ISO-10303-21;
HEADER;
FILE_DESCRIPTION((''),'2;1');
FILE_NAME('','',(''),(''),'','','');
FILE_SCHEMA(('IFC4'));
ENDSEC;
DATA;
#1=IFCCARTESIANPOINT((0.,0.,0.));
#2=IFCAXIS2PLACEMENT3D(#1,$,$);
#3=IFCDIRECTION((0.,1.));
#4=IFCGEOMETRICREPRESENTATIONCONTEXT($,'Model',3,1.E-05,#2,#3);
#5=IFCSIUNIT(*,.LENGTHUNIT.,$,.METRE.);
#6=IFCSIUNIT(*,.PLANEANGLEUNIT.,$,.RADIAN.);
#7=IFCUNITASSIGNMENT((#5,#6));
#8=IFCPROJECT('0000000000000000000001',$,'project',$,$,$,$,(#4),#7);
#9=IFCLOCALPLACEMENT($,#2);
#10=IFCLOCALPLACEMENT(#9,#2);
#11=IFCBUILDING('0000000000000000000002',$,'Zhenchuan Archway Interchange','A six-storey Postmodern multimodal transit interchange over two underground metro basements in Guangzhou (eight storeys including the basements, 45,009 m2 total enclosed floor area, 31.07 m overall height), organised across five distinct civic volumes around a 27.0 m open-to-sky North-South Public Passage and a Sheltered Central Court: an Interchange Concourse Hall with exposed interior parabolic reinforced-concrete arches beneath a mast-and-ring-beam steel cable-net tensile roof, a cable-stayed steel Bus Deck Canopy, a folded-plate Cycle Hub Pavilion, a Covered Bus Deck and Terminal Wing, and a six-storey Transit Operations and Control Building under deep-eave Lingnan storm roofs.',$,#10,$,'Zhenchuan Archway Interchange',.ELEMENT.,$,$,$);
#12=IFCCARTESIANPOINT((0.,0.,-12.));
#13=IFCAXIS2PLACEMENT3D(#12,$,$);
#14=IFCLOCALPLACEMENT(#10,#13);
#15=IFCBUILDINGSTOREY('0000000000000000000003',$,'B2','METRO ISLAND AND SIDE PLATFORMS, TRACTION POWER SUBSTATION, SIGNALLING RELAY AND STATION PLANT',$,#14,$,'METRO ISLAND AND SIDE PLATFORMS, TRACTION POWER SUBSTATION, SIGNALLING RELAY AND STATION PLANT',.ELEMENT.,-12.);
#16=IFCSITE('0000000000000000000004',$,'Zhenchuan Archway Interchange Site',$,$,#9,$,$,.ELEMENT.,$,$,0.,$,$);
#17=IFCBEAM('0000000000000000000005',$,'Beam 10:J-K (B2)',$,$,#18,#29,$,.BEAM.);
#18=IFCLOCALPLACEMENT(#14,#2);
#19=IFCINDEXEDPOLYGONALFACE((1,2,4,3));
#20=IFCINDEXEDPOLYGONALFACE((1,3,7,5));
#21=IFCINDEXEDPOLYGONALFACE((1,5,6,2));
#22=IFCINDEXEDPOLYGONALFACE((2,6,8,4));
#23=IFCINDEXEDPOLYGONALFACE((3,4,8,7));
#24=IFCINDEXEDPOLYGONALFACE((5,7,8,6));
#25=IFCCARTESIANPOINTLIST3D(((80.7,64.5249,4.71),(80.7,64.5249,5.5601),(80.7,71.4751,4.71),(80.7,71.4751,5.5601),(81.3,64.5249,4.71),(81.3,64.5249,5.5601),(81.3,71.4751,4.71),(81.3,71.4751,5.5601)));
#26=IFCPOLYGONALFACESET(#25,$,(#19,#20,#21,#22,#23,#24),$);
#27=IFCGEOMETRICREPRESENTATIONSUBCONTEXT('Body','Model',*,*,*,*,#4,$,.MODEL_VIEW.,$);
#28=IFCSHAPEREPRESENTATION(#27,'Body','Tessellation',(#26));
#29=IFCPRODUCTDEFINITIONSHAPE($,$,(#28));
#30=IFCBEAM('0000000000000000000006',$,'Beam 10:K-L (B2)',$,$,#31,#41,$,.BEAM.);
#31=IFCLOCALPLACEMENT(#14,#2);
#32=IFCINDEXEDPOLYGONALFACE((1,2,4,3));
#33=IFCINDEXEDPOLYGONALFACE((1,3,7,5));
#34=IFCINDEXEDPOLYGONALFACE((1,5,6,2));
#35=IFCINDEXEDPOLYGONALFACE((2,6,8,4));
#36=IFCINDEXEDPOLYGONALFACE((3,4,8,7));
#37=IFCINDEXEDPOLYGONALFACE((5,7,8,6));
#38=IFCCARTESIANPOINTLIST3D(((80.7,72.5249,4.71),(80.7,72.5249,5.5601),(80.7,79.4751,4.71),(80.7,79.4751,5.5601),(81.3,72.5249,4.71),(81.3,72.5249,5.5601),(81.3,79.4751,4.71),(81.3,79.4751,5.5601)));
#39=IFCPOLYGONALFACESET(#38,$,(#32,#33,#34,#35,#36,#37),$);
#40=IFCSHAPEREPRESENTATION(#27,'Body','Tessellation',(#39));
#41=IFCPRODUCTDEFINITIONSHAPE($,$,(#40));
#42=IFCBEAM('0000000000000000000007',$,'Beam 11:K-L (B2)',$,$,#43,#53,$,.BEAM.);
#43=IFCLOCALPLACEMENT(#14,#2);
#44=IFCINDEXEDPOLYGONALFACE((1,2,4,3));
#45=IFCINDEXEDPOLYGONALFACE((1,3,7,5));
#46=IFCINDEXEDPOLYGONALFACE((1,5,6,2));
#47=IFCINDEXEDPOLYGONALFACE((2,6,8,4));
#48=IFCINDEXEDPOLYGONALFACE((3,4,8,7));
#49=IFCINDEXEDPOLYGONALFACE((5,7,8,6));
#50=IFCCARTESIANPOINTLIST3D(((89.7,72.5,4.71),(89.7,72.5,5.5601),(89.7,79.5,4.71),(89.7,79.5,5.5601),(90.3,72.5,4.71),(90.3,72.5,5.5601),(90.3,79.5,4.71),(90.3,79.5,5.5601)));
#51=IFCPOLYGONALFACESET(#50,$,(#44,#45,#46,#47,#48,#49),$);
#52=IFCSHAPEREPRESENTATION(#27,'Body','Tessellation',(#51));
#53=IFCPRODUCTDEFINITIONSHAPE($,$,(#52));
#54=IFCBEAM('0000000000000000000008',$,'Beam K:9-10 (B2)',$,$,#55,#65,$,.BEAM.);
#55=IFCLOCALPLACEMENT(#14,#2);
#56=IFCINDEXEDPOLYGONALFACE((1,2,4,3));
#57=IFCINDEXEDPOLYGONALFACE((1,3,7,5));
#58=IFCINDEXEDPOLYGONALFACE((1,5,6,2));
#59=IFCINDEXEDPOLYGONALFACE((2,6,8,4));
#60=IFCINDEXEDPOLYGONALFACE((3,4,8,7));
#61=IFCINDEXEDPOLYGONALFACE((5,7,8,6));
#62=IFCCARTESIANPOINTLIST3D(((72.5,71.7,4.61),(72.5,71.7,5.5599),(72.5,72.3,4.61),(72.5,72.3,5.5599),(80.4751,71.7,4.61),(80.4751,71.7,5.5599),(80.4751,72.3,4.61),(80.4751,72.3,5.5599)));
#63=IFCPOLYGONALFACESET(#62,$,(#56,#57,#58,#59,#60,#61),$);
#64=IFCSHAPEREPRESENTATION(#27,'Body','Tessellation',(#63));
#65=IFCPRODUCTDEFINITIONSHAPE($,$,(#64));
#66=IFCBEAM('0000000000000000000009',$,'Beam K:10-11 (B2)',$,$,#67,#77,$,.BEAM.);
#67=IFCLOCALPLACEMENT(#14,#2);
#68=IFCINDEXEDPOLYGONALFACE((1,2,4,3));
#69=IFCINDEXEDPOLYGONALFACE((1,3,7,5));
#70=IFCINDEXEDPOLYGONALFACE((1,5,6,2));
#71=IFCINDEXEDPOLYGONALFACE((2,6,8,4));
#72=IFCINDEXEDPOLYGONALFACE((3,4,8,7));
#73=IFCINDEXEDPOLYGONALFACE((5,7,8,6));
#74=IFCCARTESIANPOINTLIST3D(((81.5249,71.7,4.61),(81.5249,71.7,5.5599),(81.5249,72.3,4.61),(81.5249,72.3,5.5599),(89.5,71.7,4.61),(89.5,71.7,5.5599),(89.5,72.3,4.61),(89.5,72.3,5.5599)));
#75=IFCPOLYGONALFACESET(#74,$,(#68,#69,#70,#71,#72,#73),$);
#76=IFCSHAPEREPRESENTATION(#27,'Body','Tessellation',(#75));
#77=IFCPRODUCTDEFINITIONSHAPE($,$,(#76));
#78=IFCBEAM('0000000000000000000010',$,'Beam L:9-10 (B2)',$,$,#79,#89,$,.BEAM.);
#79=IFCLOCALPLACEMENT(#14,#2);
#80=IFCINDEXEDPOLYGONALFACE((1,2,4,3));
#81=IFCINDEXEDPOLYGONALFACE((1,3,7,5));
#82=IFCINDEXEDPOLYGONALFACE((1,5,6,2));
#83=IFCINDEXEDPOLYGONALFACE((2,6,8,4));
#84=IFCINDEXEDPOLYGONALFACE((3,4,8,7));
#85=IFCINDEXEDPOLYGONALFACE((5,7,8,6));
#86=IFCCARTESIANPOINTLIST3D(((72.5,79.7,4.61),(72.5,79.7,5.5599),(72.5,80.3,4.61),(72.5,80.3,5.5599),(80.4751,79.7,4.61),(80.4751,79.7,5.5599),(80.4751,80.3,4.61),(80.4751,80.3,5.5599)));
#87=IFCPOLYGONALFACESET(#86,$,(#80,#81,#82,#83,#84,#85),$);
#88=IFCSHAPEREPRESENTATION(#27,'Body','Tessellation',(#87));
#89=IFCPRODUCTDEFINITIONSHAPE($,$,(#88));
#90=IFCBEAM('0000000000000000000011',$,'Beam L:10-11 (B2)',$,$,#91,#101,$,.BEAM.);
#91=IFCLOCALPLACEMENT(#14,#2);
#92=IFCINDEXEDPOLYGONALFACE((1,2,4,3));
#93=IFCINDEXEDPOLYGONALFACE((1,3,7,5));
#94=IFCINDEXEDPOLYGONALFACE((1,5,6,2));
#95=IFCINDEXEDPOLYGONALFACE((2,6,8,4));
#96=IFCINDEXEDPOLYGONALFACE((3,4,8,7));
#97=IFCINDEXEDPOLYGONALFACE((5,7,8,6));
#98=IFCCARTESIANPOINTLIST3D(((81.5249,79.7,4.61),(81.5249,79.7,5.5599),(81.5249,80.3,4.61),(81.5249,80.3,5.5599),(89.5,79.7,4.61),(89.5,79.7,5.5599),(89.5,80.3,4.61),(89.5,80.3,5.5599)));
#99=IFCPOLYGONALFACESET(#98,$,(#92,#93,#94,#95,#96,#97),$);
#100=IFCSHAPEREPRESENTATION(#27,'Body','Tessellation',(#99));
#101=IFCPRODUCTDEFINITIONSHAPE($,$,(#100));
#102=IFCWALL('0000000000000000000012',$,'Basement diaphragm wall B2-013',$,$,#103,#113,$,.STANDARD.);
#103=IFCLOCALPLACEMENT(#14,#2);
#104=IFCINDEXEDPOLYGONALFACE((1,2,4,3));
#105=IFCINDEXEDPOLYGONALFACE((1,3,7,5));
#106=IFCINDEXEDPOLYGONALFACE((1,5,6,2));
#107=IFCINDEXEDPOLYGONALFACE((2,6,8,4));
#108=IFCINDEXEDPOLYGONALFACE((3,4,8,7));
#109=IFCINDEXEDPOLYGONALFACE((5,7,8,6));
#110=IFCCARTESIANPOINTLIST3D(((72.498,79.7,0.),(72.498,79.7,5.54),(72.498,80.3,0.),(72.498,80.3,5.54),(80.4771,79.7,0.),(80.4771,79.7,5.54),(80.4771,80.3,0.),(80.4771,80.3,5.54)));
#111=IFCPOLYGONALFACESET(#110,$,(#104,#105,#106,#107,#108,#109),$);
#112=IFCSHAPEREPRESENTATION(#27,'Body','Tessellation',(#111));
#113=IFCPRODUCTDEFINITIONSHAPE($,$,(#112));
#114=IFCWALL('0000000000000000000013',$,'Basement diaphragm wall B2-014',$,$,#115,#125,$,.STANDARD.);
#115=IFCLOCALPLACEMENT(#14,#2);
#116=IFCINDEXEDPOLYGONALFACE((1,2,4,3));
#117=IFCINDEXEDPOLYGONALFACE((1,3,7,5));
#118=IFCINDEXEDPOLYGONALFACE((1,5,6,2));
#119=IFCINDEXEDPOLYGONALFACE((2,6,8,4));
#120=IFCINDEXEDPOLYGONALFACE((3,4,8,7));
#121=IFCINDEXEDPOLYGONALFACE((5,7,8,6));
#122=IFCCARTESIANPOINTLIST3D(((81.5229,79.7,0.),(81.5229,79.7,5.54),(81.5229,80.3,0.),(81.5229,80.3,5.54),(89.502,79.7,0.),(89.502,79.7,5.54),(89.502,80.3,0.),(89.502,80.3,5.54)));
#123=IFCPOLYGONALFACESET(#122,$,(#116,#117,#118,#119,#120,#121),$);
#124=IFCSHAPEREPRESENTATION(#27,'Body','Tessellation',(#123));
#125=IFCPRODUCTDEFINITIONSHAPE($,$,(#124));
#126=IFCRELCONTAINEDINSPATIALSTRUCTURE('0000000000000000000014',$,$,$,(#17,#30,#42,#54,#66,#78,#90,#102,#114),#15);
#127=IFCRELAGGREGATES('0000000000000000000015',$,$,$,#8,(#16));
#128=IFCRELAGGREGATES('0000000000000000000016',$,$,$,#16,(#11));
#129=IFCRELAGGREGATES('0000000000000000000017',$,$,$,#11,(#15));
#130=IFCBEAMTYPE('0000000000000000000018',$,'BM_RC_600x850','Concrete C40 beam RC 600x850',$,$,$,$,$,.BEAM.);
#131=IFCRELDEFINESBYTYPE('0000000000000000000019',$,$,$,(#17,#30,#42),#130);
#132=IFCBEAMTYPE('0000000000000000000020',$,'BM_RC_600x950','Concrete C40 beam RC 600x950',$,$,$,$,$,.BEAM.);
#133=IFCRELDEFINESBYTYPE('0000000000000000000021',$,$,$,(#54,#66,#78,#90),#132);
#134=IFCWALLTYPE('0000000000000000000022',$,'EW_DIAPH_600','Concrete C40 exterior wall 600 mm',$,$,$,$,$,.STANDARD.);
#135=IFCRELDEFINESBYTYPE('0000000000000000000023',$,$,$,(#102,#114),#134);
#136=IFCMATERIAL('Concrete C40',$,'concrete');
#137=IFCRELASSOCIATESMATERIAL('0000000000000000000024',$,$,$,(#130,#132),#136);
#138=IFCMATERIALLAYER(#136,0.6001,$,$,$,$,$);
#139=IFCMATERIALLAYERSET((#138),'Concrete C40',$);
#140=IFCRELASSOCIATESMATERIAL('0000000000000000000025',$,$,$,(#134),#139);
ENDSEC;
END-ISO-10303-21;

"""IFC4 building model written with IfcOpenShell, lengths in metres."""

from ifc_helpers import new_model, si_unit, direction, frame, frame_2d, origin, origin_2d, place, context, subcontext, project, spatial, rectangle, extrude, material, layer, layer_set, material_profile, profile_set, type_object, element, save


model = new_model("IFC4")

# Units and contexts
model_context = context("Model", 3, precision=1e-05, world=origin(), true_north=direction((0.0, 1.0)))
body_context = subcontext(model_context, "Body", "Model", "MODEL_VIEW")
ifc_project = project(units=[si_unit("LENGTHUNIT", "METRE"), si_unit("PLANEANGLEUNIT", "RADIAN")], contexts=[model_context])

# Site, building, storey
site_placement = place(None, origin())
site = spatial("IfcSite", under=ifc_project, at=site_placement, Name="Zhenchuan Archway Interchange Site", CompositionType="ELEMENT", RefElevation=0.0)
building_placement = place(site_placement, origin())
building = spatial("IfcBuilding", under=site, at=building_placement, Name="Zhenchuan Archway Interchange", Description="A six-storey Postmodern multimodal transit interchange over two underground metro basements in Guangzhou (eight storeys including the basements, 45,009 m2 total enclosed floor area, 31.07 m overall height), organised across five distinct civic volumes around a 27.0 m open-to-sky North-South Public Passage and a Sheltered Central Court: an Interchange Concourse Hall with exposed interior parabolic reinforced-concrete arches beneath a mast-and-ring-beam steel cable-net tensile roof, a cable-stayed steel Bus Deck Canopy, a folded-plate Cycle Hub Pavilion, a Covered Bus Deck and Terminal Wing, and a six-storey Transit Operations and Control Building under deep-eave Lingnan storm roofs.", LongName="Zhenchuan Archway Interchange", CompositionType="ELEMENT")
storey_placement = place(building_placement, frame((0.0, 0.0, -12.0)))
storey = spatial("IfcBuildingStorey", under=building, at=storey_placement, Name="B2", Description="METRO ISLAND AND SIDE PLATFORMS, TRACTION POWER SUBSTATION, SIGNALLING RELAY AND STATION PLANT", LongName="METRO ISLAND AND SIDE PLATFORMS, TRACTION POWER SUBSTATION, SIGNALLING RELAY AND STATION PLANT", CompositionType="ELEMENT", Elevation=-12.0)

# Shared definitions
ifc_material_1 = material(Name="Concrete C40", Category="concrete")

# Beams
ifc_material_profile_1 = material_profile(ifc_material_1, rectangle(XDim=0.6001, YDim=0.8501, at=origin_2d()), Name="RC 600x850")
ifc_profile_set_1 = profile_set([ifc_material_profile_1], Name="Concrete C40")
beam_type_1 = type_object("IfcBeamType", Name="BM_RC_600x850", Description="Concrete C40 beam RC 600x850", PredefinedType="BEAM", material=ifc_profile_set_1)
for number, where, z_axis, x_axis, name in (
    (1, (81.0, 64.5249, 5.135), (0.0, 1.0, 0.0), (-1.0, 0.0, 0.0), "Beam 10:J-K (B2)"),
    (2, (81.0, 72.5249, 5.135), (0.0, 1.0, 0.0), (-1.0, 0.0, 0.0), "Beam 10:K-L (B2)"),
):
    element("IfcBeam", number, at=place(storey_placement, frame(where, z_axis=z_axis, x_axis=x_axis)), inside=storey, type_object=beam_type_1, Name=name, PredefinedType="BEAM", context=body_context, shape_type="SweptSolid", body=[
        extrude(rectangle(XDim=0.6001, YDim=0.8501, at=origin_2d()), origin(), (0.0, 0.0, 1.0), 6.9502),
    ])
beam_placement = place(storey_placement, frame((90.0, 72.5, 5.135), z_axis=(0.0, 1.0, 0.0), x_axis=(-1.0, 0.0, 0.0)))
element("IfcBeam", 3, at=beam_placement, inside=storey, type_object=beam_type_1, Name="Beam 11:K-L (B2)", PredefinedType="BEAM", context=body_context, shape_type="SweptSolid", body=[
    extrude(rectangle(XDim=0.6001, YDim=0.8501, at=origin_2d()), origin(), (0.0, 0.0, 1.0), 7.0),
])
ifc_material_profile_2 = material_profile(ifc_material_1, rectangle(XDim=0.6001, YDim=0.95, at=origin_2d()), Name="RC 600x950")
ifc_profile_set_2 = profile_set([ifc_material_profile_2], Name="Concrete C40")
beam_type_2 = type_object("IfcBeamType", Name="BM_RC_600x950", Description="Concrete C40 beam RC 600x950", PredefinedType="BEAM", material=ifc_profile_set_2)
for number, where, z_axis, x_axis, name in (
    (4, (72.5, 72.0, 5.085), (1.0, 0.0, 0.0), (0.0, 1.0, 0.0), "Beam K:9-10 (B2)"),
    (5, (81.5249, 72.0, 5.085), (1.0, 0.0, 0.0), (0.0, 1.0, 0.0), "Beam K:10-11 (B2)"),
    (6, (72.5, 80.0, 5.085), (1.0, 0.0, 0.0), (0.0, 1.0, 0.0), "Beam L:9-10 (B2)"),
    (7, (81.5249, 80.0, 5.085), (1.0, 0.0, 0.0), (0.0, 1.0, 0.0), "Beam L:10-11 (B2)"),
):
    element("IfcBeam", number, at=place(storey_placement, frame(where, z_axis=z_axis, x_axis=x_axis)), inside=storey, type_object=beam_type_2, Name=name, PredefinedType="BEAM", context=body_context, shape_type="SweptSolid", body=[
        extrude(rectangle(XDim=0.6001, YDim=0.95, at=origin_2d()), origin(), (0.0, 0.0, 1.0), 7.9751),
    ])

# Walls
ifc_layer = layer(ifc_material_1, 0.6001)
ifc_layer_set = layer_set([ifc_layer], Name="Concrete C40")
wall_type = type_object("IfcWallType", Name="EW_DIAPH_600", Description="Concrete C40 exterior wall 600 mm", PredefinedType="STANDARD", material=ifc_layer_set)
for number, where, z_axis, x_axis, name in (
    (8, (72.498, 80.0, 0.0), (0.0, 0.0, 1.0), (1.0, 0.0, 0.0), "Basement diaphragm wall B2-013"),
    (9, (81.5229, 80.0, 0.0), (0.0, 0.0, 1.0), (1.0, 0.0, 0.0), "Basement diaphragm wall B2-014"),
):
    element("IfcWall", number, at=place(storey_placement, frame(where, z_axis=z_axis, x_axis=x_axis)), inside=storey, type_object=wall_type, Name=name, PredefinedType="STANDARD", context=body_context, shape_type="SweptSolid", body=[
        extrude(rectangle(XDim=7.979, YDim=0.6001, at=frame_2d((3.9895, 0.0))), origin(), (0.0, 0.0, 1.0), 5.54),
    ])

save(model, "model.ifc")
